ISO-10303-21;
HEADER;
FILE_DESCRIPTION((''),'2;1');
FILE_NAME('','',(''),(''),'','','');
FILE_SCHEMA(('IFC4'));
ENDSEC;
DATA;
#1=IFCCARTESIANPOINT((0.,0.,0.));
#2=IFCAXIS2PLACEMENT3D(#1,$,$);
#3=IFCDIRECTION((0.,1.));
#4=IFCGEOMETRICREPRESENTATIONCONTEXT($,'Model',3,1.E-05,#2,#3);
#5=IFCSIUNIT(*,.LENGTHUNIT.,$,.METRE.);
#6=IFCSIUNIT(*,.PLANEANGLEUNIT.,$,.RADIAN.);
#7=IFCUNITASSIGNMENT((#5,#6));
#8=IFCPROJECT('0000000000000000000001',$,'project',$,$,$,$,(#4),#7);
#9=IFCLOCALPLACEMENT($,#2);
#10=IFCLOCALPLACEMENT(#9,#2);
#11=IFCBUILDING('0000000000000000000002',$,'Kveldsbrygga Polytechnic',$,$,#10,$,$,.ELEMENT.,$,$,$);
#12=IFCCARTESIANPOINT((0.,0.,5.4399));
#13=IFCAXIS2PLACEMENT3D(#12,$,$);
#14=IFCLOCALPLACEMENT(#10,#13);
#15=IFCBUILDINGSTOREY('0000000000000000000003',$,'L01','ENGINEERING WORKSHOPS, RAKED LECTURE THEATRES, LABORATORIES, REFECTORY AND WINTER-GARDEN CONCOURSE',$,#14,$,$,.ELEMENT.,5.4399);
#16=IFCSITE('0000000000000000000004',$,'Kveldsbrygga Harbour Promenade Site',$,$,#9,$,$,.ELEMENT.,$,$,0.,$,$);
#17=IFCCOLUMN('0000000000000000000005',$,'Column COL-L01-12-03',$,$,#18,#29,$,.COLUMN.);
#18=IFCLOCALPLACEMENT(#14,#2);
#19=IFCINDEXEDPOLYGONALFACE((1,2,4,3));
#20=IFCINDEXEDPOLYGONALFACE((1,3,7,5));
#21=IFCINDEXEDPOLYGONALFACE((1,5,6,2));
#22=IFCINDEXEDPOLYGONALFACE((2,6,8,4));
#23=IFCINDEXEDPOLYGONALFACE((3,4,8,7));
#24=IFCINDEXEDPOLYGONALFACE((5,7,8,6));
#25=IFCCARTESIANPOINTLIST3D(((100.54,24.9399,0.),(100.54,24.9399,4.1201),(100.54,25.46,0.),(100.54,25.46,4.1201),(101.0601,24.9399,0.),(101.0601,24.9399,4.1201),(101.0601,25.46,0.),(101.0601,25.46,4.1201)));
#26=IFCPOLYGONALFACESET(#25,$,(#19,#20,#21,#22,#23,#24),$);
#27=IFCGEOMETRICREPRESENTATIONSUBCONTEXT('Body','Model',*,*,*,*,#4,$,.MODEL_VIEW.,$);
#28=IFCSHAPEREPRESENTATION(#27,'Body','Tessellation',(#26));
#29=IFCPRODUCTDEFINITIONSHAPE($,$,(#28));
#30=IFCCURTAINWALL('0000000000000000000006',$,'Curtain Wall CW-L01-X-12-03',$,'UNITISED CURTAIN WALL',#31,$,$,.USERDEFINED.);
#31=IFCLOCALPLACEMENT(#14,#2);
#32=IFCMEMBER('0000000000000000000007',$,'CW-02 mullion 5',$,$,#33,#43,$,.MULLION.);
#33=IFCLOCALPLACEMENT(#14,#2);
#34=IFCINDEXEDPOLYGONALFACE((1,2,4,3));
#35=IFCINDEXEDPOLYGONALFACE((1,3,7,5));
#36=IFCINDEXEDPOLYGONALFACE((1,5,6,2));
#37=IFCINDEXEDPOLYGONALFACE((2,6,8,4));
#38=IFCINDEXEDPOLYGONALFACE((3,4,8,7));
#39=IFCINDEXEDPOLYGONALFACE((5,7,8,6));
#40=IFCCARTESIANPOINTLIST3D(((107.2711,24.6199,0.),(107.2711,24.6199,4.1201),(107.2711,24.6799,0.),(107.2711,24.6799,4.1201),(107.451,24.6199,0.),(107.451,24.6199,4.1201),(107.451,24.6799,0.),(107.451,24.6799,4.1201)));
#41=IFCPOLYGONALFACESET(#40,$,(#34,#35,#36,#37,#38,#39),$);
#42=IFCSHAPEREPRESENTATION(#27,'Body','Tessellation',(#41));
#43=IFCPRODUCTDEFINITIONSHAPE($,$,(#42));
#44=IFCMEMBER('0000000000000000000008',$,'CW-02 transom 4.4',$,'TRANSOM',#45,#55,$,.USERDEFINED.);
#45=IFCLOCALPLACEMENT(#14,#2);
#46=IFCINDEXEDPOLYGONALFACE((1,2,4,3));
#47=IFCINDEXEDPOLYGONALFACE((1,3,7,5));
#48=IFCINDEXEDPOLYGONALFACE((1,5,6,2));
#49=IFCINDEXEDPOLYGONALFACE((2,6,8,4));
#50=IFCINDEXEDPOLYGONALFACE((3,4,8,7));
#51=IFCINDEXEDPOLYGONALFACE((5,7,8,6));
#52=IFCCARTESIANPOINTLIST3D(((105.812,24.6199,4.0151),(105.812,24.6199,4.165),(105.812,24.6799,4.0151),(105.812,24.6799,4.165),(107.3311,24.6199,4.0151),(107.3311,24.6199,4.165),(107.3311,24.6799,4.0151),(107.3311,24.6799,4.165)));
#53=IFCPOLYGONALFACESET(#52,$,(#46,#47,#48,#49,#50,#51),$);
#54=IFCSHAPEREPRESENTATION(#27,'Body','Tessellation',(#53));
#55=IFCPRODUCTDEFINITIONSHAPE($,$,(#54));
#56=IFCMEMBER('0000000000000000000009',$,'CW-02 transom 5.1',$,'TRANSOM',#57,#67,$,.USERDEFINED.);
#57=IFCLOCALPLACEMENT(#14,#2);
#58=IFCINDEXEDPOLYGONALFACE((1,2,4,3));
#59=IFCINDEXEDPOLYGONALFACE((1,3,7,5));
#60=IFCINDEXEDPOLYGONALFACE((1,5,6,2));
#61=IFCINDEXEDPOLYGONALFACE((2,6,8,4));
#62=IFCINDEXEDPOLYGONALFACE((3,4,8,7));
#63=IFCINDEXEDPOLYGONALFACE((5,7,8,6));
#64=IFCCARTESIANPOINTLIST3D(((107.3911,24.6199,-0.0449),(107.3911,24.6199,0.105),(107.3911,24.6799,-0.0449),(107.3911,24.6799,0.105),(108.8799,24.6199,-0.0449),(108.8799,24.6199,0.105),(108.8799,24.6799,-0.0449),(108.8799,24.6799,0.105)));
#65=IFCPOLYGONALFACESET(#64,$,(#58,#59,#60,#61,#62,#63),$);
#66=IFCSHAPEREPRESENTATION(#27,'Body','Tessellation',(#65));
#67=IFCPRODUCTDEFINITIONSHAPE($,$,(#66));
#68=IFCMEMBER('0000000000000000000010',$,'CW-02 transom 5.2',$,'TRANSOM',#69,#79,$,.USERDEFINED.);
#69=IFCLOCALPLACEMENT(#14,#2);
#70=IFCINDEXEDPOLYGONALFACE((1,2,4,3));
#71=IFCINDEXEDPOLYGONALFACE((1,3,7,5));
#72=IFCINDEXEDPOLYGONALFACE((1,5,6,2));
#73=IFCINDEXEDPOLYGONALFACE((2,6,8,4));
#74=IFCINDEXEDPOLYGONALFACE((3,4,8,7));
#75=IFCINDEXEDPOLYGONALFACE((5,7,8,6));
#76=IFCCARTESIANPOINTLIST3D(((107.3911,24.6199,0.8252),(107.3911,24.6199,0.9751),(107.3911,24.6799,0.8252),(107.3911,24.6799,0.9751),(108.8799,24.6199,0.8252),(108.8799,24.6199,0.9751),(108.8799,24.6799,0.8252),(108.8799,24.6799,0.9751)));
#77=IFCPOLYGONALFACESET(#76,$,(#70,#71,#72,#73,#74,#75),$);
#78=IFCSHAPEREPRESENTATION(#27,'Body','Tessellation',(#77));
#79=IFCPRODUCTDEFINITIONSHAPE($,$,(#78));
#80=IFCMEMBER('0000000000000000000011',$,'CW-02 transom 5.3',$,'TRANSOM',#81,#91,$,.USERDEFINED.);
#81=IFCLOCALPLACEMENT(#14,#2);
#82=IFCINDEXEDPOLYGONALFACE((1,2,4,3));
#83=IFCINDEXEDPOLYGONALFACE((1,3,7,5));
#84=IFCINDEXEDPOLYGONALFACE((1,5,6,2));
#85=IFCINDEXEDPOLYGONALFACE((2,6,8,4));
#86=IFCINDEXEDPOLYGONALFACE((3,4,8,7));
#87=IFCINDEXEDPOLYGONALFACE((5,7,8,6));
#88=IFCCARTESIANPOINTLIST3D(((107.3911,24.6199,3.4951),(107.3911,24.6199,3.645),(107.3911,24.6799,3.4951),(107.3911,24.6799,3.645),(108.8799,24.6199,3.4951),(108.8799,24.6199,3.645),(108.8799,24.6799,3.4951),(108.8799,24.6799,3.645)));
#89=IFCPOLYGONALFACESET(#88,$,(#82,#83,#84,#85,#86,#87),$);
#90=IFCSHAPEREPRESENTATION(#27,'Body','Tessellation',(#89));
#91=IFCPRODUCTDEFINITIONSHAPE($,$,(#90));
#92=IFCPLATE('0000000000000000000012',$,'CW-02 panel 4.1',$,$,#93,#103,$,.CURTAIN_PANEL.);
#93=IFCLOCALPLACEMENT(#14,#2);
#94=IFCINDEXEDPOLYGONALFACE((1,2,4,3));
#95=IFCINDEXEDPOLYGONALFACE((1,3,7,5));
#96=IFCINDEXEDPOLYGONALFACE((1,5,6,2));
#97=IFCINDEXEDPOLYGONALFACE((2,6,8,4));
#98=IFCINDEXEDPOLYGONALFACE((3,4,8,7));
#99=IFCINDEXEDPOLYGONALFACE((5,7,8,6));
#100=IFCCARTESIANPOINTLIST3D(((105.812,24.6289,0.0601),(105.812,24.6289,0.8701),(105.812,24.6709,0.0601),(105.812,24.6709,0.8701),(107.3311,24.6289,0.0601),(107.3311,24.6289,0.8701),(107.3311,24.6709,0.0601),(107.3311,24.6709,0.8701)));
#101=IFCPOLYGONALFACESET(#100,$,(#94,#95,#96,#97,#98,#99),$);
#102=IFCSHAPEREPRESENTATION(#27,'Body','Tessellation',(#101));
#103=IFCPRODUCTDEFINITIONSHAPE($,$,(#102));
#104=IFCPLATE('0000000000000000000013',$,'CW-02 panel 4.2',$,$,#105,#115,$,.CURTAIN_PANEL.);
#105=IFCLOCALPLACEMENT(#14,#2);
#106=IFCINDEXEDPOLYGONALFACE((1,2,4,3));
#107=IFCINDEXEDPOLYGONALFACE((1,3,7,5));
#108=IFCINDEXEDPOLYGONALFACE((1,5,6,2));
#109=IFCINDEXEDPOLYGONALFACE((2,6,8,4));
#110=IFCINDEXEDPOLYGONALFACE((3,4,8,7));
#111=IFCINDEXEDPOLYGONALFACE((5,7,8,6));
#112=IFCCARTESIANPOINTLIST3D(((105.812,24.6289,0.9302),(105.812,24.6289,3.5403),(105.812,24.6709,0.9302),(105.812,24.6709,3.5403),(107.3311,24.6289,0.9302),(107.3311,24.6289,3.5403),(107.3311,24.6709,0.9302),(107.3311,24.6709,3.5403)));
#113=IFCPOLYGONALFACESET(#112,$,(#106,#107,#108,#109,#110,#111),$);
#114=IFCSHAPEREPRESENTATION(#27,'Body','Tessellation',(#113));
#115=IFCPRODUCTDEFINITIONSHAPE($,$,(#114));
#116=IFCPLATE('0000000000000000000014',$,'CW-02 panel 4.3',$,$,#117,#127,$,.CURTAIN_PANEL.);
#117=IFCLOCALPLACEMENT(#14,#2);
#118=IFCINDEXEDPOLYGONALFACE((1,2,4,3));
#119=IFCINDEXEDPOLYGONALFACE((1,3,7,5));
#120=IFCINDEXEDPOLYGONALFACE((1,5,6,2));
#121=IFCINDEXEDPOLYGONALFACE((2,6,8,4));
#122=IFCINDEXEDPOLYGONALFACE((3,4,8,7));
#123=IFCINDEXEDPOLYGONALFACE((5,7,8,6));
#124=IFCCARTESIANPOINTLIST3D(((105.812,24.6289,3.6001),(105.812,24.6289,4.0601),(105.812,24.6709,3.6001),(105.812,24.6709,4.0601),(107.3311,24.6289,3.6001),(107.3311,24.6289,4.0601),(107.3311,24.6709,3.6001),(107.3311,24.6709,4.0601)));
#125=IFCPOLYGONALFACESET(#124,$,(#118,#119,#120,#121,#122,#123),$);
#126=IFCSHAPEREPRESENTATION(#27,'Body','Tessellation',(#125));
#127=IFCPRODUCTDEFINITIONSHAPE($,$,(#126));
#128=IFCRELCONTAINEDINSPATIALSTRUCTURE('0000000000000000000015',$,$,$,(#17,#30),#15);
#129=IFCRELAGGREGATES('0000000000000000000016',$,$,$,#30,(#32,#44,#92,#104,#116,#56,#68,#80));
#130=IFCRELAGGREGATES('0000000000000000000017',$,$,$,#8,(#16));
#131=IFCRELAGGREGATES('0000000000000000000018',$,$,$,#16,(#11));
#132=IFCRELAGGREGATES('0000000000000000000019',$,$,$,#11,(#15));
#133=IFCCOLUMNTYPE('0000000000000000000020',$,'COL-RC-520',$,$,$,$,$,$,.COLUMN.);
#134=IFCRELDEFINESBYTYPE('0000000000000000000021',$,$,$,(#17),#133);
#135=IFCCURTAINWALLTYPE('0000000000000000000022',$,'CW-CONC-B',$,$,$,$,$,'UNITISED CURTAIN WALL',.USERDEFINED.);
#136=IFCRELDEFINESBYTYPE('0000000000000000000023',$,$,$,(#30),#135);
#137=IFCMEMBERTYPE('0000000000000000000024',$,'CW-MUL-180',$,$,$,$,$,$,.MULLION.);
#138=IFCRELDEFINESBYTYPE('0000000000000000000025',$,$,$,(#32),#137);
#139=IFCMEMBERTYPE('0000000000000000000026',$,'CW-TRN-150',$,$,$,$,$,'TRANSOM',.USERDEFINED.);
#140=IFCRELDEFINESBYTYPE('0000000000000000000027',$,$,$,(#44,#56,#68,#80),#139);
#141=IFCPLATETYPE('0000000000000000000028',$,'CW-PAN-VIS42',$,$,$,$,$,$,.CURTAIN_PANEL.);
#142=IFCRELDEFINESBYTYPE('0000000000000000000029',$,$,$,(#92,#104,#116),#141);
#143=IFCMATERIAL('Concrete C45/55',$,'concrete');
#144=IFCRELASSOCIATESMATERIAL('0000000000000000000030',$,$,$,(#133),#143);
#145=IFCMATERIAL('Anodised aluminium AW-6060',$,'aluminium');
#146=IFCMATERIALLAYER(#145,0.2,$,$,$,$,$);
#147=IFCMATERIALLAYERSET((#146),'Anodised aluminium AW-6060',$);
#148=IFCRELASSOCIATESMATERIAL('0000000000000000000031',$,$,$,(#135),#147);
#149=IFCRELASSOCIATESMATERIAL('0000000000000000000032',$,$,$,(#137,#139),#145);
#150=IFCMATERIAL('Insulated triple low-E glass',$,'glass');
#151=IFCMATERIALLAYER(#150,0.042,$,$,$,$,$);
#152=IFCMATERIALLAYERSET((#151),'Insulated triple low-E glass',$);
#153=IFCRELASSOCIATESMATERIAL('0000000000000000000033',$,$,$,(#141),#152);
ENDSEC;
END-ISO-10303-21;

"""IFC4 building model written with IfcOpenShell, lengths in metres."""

from ifc_helpers import new_model, si_unit, direction, frame, origin, origin_2d, place, context, subcontext, project, spatial, rectangle, extrude, material, layer, layer_set, material_profile, profile_set, type_object, element, aggregate, save


model = new_model("IFC4")

# Units and contexts
model_context = context("Model", 3, precision=1e-05, world=origin(), true_north=direction((0.0, 1.0)))
body_context = subcontext(model_context, "Body", "Model", "MODEL_VIEW")
ifc_project = project(units=[si_unit("LENGTHUNIT", "METRE"), si_unit("PLANEANGLEUNIT", "RADIAN")], contexts=[model_context])

# Site, building, storey
site_placement = place(None, origin())
site = spatial("IfcSite", under=ifc_project, at=site_placement, Name="Kveldsbrygga Harbour Promenade Site", CompositionType="ELEMENT", RefElevation=0.0)
building_placement = place(site_placement, origin())
building = spatial("IfcBuilding", under=site, at=building_placement, Name="Kveldsbrygga Polytechnic", CompositionType="ELEMENT")
storey_placement = place(building_placement, frame((0.0, 0.0, 5.4399)))
storey = spatial("IfcBuildingStorey", under=building, at=storey_placement, Name="L01", Description="ENGINEERING WORKSHOPS, RAKED LECTURE THEATRES, LABORATORIES, REFECTORY AND WINTER-GARDEN CONCOURSE", CompositionType="ELEMENT", Elevation=5.4399)

# Column
ifc_material_1 = material(Name="Concrete C45/55", Category="concrete")
ifc_material_profile_1 = material_profile(ifc_material_1, rectangle(XDim=0.52, YDim=0.52, at=origin_2d()), Name="RC 520x520")
ifc_profile_set_1 = profile_set([ifc_material_profile_1], Name="Concrete C45/55")
column_type = type_object("IfcColumnType", Name="COL-RC-520", PredefinedType="COLUMN", material=ifc_profile_set_1)
column_placement = place(storey_placement, frame((100.8, 25.2, 0.0), z_axis=(0.0, 0.0, 1.0), x_axis=(1.0, 0.0, 0.0)))
element("IfcColumn", 1, at=column_placement, inside=storey, type_object=column_type, Name="Column COL-L01-12-03", PredefinedType="COLUMN", context=body_context, shape_type="SweptSolid", body=[
    extrude(rectangle(XDim=0.52, YDim=0.52, at=origin_2d()), origin(), (0.0, 0.0, 1.0), 4.1201),
])

# Curtain wall, members, plates
ifc_material_2 = material(Name="Anodised aluminium AW-6060", Category="aluminium")
ifc_layer_1 = layer(ifc_material_2, 0.2)
ifc_layer_set_1 = layer_set([ifc_layer_1], Name="Anodised aluminium AW-6060")
curtain_wall_type = type_object("IfcCurtainWallType", Name="CW-CONC-B", ElementType="UNITISED CURTAIN WALL", PredefinedType="USERDEFINED", material=ifc_layer_set_1)
curtain_wall_placement = place(storey_placement, origin())
curtain_wall = element("IfcCurtainWall", 2, at=curtain_wall_placement, inside=storey, type_object=curtain_wall_type, Name="Curtain Wall CW-L01-X-12-03", ObjectType="UNITISED CURTAIN WALL", PredefinedType="USERDEFINED")
ifc_material_profile_2 = material_profile(ifc_material_2, rectangle(XDim=0.0601, YDim=0.1799, at=origin_2d()), Name="ALU 60x180")
ifc_profile_set_2 = profile_set([ifc_material_profile_2], Name="Anodised aluminium AW-6060")
member_type_1 = type_object("IfcMemberType", Name="CW-MUL-180", PredefinedType="MULLION", material=ifc_profile_set_2)
member_1_placement = place(storey_placement, frame((107.3611, 24.6499, 0.0), z_axis=(0.0, 0.0, 1.0), x_axis=(0.0, 1.0, 0.0)))
member_1 = element("IfcMember", 3, at=member_1_placement, type_object=member_type_1, Name="CW-02 mullion 5", PredefinedType="MULLION", context=body_context, shape_type="SweptSolid", body=[
    extrude(rectangle(XDim=0.0601, YDim=0.1799, at=origin_2d()), origin(), (0.0, 0.0, 1.0), 4.1201),
])
ifc_material_profile_3 = material_profile(ifc_material_2, rectangle(XDim=0.0601, YDim=0.1499, at=origin_2d()), Name="ALU 60x150")
ifc_profile_set_3 = profile_set([ifc_material_profile_3], Name="Anodised aluminium AW-6060")
member_type_2 = type_object("IfcMemberType", Name="CW-TRN-150", ElementType="TRANSOM", PredefinedType="USERDEFINED", material=ifc_profile_set_3)
member_2_placement = place(storey_placement, frame((105.812, 24.6499, 4.0901), z_axis=(1.0, 0.0, 0.0), x_axis=(0.0, 1.0, 0.0)))
member_2 = element("IfcMember", 4, at=member_2_placement, type_object=member_type_2, Name="CW-02 transom 4.4", ObjectType="TRANSOM", PredefinedType="USERDEFINED", context=body_context, shape_type="SweptSolid", body=[
    extrude(rectangle(XDim=0.0601, YDim=0.1499, at=origin_2d()), origin(), (0.0, 0.0, 1.0), 1.519),
])
member_3_placement = place(storey_placement, frame((107.3911, 24.6499, 0.03), z_axis=(1.0, 0.0, 0.0), x_axis=(0.0, 1.0, 0.0)))
member_3 = element("IfcMember", 5, at=member_3_placement, type_object=member_type_2, Name="CW-02 transom 5.1", ObjectType="TRANSOM", PredefinedType="USERDEFINED", context=body_context, shape_type="SweptSolid", body=[
    extrude(rectangle(XDim=0.0601, YDim=0.1499, at=origin_2d()), origin(), (0.0, 0.0, 1.0), 1.4888),
])
member_4_placement = place(storey_placement, frame((107.3911, 24.6499, 0.9001), z_axis=(1.0, 0.0, 0.0), x_axis=(0.0, 1.0, 0.0)))
member_4 = element("IfcMember", 6, at=member_4_placement, type_object=member_type_2, Name="CW-02 transom 5.2", ObjectType="TRANSOM", PredefinedType="USERDEFINED", context=body_context, shape_type="SweptSolid", body=[
    extrude(rectangle(XDim=0.0601, YDim=0.1499, at=origin_2d()), origin(), (0.0, 0.0, 1.0), 1.4888),
])
member_5_placement = place(storey_placement, frame((107.3911, 24.6499, 3.5701), z_axis=(1.0, 0.0, 0.0), x_axis=(0.0, 1.0, 0.0)))
member_5 = element("IfcMember", 7, at=member_5_placement, type_object=member_type_2, Name="CW-02 transom 5.3", ObjectType="TRANSOM", PredefinedType="USERDEFINED", context=body_context, shape_type="SweptSolid", body=[
    extrude(rectangle(XDim=0.0601, YDim=0.1499, at=origin_2d()), origin(), (0.0, 0.0, 1.0), 1.4888),
])
ifc_material_3 = material(Name="Insulated triple low-E glass", Category="glass")
ifc_layer_2 = layer(ifc_material_3, 0.042)
ifc_layer_set_2 = layer_set([ifc_layer_2], Name="Insulated triple low-E glass")
plate_type = type_object("IfcPlateType", Name="CW-PAN-VIS42", PredefinedType="CURTAIN_PANEL", material=ifc_layer_set_2)
plate_1_placement = place(storey_placement, frame((106.5715, 24.6499, 0.0601), z_axis=(0.0, 0.0, 1.0), x_axis=(1.0, 0.0, 0.0)))
plate_1 = element("IfcPlate", 8, at=plate_1_placement, type_object=plate_type, Name="CW-02 panel 4.1", PredefinedType="CURTAIN_PANEL", context=body_context, shape_type="SweptSolid", body=[
    extrude(rectangle(XDim=1.519, YDim=0.042, at=origin_2d()), origin(), (0.0, 0.0, 1.0), 0.8101),
])
plate_2_placement = place(storey_placement, frame((106.5715, 24.6499, 0.9302), z_axis=(0.0, 0.0, 1.0), x_axis=(1.0, 0.0, 0.0)))
plate_2 = element("IfcPlate", 9, at=plate_2_placement, type_object=plate_type, Name="CW-02 panel 4.2", PredefinedType="CURTAIN_PANEL", context=body_context, shape_type="SweptSolid", body=[
    extrude(rectangle(XDim=1.519, YDim=0.042, at=origin_2d()), origin(), (0.0, 0.0, 1.0), 2.6101),
])
plate_3_placement = place(storey_placement, frame((106.5715, 24.6499, 3.6001), z_axis=(0.0, 0.0, 1.0), x_axis=(1.0, 0.0, 0.0)))
plate_3 = element("IfcPlate", 10, at=plate_3_placement, type_object=plate_type, Name="CW-02 panel 4.3", PredefinedType="CURTAIN_PANEL", context=body_context, shape_type="SweptSolid", body=[
    extrude(rectangle(XDim=1.519, YDim=0.042, at=origin_2d()), origin(), (0.0, 0.0, 1.0), 0.46),
])
aggregate(curtain_wall, [member_1, member_2, plate_1, plate_2, plate_3, member_3, member_4, member_5])

save(model, "model.ifc")
